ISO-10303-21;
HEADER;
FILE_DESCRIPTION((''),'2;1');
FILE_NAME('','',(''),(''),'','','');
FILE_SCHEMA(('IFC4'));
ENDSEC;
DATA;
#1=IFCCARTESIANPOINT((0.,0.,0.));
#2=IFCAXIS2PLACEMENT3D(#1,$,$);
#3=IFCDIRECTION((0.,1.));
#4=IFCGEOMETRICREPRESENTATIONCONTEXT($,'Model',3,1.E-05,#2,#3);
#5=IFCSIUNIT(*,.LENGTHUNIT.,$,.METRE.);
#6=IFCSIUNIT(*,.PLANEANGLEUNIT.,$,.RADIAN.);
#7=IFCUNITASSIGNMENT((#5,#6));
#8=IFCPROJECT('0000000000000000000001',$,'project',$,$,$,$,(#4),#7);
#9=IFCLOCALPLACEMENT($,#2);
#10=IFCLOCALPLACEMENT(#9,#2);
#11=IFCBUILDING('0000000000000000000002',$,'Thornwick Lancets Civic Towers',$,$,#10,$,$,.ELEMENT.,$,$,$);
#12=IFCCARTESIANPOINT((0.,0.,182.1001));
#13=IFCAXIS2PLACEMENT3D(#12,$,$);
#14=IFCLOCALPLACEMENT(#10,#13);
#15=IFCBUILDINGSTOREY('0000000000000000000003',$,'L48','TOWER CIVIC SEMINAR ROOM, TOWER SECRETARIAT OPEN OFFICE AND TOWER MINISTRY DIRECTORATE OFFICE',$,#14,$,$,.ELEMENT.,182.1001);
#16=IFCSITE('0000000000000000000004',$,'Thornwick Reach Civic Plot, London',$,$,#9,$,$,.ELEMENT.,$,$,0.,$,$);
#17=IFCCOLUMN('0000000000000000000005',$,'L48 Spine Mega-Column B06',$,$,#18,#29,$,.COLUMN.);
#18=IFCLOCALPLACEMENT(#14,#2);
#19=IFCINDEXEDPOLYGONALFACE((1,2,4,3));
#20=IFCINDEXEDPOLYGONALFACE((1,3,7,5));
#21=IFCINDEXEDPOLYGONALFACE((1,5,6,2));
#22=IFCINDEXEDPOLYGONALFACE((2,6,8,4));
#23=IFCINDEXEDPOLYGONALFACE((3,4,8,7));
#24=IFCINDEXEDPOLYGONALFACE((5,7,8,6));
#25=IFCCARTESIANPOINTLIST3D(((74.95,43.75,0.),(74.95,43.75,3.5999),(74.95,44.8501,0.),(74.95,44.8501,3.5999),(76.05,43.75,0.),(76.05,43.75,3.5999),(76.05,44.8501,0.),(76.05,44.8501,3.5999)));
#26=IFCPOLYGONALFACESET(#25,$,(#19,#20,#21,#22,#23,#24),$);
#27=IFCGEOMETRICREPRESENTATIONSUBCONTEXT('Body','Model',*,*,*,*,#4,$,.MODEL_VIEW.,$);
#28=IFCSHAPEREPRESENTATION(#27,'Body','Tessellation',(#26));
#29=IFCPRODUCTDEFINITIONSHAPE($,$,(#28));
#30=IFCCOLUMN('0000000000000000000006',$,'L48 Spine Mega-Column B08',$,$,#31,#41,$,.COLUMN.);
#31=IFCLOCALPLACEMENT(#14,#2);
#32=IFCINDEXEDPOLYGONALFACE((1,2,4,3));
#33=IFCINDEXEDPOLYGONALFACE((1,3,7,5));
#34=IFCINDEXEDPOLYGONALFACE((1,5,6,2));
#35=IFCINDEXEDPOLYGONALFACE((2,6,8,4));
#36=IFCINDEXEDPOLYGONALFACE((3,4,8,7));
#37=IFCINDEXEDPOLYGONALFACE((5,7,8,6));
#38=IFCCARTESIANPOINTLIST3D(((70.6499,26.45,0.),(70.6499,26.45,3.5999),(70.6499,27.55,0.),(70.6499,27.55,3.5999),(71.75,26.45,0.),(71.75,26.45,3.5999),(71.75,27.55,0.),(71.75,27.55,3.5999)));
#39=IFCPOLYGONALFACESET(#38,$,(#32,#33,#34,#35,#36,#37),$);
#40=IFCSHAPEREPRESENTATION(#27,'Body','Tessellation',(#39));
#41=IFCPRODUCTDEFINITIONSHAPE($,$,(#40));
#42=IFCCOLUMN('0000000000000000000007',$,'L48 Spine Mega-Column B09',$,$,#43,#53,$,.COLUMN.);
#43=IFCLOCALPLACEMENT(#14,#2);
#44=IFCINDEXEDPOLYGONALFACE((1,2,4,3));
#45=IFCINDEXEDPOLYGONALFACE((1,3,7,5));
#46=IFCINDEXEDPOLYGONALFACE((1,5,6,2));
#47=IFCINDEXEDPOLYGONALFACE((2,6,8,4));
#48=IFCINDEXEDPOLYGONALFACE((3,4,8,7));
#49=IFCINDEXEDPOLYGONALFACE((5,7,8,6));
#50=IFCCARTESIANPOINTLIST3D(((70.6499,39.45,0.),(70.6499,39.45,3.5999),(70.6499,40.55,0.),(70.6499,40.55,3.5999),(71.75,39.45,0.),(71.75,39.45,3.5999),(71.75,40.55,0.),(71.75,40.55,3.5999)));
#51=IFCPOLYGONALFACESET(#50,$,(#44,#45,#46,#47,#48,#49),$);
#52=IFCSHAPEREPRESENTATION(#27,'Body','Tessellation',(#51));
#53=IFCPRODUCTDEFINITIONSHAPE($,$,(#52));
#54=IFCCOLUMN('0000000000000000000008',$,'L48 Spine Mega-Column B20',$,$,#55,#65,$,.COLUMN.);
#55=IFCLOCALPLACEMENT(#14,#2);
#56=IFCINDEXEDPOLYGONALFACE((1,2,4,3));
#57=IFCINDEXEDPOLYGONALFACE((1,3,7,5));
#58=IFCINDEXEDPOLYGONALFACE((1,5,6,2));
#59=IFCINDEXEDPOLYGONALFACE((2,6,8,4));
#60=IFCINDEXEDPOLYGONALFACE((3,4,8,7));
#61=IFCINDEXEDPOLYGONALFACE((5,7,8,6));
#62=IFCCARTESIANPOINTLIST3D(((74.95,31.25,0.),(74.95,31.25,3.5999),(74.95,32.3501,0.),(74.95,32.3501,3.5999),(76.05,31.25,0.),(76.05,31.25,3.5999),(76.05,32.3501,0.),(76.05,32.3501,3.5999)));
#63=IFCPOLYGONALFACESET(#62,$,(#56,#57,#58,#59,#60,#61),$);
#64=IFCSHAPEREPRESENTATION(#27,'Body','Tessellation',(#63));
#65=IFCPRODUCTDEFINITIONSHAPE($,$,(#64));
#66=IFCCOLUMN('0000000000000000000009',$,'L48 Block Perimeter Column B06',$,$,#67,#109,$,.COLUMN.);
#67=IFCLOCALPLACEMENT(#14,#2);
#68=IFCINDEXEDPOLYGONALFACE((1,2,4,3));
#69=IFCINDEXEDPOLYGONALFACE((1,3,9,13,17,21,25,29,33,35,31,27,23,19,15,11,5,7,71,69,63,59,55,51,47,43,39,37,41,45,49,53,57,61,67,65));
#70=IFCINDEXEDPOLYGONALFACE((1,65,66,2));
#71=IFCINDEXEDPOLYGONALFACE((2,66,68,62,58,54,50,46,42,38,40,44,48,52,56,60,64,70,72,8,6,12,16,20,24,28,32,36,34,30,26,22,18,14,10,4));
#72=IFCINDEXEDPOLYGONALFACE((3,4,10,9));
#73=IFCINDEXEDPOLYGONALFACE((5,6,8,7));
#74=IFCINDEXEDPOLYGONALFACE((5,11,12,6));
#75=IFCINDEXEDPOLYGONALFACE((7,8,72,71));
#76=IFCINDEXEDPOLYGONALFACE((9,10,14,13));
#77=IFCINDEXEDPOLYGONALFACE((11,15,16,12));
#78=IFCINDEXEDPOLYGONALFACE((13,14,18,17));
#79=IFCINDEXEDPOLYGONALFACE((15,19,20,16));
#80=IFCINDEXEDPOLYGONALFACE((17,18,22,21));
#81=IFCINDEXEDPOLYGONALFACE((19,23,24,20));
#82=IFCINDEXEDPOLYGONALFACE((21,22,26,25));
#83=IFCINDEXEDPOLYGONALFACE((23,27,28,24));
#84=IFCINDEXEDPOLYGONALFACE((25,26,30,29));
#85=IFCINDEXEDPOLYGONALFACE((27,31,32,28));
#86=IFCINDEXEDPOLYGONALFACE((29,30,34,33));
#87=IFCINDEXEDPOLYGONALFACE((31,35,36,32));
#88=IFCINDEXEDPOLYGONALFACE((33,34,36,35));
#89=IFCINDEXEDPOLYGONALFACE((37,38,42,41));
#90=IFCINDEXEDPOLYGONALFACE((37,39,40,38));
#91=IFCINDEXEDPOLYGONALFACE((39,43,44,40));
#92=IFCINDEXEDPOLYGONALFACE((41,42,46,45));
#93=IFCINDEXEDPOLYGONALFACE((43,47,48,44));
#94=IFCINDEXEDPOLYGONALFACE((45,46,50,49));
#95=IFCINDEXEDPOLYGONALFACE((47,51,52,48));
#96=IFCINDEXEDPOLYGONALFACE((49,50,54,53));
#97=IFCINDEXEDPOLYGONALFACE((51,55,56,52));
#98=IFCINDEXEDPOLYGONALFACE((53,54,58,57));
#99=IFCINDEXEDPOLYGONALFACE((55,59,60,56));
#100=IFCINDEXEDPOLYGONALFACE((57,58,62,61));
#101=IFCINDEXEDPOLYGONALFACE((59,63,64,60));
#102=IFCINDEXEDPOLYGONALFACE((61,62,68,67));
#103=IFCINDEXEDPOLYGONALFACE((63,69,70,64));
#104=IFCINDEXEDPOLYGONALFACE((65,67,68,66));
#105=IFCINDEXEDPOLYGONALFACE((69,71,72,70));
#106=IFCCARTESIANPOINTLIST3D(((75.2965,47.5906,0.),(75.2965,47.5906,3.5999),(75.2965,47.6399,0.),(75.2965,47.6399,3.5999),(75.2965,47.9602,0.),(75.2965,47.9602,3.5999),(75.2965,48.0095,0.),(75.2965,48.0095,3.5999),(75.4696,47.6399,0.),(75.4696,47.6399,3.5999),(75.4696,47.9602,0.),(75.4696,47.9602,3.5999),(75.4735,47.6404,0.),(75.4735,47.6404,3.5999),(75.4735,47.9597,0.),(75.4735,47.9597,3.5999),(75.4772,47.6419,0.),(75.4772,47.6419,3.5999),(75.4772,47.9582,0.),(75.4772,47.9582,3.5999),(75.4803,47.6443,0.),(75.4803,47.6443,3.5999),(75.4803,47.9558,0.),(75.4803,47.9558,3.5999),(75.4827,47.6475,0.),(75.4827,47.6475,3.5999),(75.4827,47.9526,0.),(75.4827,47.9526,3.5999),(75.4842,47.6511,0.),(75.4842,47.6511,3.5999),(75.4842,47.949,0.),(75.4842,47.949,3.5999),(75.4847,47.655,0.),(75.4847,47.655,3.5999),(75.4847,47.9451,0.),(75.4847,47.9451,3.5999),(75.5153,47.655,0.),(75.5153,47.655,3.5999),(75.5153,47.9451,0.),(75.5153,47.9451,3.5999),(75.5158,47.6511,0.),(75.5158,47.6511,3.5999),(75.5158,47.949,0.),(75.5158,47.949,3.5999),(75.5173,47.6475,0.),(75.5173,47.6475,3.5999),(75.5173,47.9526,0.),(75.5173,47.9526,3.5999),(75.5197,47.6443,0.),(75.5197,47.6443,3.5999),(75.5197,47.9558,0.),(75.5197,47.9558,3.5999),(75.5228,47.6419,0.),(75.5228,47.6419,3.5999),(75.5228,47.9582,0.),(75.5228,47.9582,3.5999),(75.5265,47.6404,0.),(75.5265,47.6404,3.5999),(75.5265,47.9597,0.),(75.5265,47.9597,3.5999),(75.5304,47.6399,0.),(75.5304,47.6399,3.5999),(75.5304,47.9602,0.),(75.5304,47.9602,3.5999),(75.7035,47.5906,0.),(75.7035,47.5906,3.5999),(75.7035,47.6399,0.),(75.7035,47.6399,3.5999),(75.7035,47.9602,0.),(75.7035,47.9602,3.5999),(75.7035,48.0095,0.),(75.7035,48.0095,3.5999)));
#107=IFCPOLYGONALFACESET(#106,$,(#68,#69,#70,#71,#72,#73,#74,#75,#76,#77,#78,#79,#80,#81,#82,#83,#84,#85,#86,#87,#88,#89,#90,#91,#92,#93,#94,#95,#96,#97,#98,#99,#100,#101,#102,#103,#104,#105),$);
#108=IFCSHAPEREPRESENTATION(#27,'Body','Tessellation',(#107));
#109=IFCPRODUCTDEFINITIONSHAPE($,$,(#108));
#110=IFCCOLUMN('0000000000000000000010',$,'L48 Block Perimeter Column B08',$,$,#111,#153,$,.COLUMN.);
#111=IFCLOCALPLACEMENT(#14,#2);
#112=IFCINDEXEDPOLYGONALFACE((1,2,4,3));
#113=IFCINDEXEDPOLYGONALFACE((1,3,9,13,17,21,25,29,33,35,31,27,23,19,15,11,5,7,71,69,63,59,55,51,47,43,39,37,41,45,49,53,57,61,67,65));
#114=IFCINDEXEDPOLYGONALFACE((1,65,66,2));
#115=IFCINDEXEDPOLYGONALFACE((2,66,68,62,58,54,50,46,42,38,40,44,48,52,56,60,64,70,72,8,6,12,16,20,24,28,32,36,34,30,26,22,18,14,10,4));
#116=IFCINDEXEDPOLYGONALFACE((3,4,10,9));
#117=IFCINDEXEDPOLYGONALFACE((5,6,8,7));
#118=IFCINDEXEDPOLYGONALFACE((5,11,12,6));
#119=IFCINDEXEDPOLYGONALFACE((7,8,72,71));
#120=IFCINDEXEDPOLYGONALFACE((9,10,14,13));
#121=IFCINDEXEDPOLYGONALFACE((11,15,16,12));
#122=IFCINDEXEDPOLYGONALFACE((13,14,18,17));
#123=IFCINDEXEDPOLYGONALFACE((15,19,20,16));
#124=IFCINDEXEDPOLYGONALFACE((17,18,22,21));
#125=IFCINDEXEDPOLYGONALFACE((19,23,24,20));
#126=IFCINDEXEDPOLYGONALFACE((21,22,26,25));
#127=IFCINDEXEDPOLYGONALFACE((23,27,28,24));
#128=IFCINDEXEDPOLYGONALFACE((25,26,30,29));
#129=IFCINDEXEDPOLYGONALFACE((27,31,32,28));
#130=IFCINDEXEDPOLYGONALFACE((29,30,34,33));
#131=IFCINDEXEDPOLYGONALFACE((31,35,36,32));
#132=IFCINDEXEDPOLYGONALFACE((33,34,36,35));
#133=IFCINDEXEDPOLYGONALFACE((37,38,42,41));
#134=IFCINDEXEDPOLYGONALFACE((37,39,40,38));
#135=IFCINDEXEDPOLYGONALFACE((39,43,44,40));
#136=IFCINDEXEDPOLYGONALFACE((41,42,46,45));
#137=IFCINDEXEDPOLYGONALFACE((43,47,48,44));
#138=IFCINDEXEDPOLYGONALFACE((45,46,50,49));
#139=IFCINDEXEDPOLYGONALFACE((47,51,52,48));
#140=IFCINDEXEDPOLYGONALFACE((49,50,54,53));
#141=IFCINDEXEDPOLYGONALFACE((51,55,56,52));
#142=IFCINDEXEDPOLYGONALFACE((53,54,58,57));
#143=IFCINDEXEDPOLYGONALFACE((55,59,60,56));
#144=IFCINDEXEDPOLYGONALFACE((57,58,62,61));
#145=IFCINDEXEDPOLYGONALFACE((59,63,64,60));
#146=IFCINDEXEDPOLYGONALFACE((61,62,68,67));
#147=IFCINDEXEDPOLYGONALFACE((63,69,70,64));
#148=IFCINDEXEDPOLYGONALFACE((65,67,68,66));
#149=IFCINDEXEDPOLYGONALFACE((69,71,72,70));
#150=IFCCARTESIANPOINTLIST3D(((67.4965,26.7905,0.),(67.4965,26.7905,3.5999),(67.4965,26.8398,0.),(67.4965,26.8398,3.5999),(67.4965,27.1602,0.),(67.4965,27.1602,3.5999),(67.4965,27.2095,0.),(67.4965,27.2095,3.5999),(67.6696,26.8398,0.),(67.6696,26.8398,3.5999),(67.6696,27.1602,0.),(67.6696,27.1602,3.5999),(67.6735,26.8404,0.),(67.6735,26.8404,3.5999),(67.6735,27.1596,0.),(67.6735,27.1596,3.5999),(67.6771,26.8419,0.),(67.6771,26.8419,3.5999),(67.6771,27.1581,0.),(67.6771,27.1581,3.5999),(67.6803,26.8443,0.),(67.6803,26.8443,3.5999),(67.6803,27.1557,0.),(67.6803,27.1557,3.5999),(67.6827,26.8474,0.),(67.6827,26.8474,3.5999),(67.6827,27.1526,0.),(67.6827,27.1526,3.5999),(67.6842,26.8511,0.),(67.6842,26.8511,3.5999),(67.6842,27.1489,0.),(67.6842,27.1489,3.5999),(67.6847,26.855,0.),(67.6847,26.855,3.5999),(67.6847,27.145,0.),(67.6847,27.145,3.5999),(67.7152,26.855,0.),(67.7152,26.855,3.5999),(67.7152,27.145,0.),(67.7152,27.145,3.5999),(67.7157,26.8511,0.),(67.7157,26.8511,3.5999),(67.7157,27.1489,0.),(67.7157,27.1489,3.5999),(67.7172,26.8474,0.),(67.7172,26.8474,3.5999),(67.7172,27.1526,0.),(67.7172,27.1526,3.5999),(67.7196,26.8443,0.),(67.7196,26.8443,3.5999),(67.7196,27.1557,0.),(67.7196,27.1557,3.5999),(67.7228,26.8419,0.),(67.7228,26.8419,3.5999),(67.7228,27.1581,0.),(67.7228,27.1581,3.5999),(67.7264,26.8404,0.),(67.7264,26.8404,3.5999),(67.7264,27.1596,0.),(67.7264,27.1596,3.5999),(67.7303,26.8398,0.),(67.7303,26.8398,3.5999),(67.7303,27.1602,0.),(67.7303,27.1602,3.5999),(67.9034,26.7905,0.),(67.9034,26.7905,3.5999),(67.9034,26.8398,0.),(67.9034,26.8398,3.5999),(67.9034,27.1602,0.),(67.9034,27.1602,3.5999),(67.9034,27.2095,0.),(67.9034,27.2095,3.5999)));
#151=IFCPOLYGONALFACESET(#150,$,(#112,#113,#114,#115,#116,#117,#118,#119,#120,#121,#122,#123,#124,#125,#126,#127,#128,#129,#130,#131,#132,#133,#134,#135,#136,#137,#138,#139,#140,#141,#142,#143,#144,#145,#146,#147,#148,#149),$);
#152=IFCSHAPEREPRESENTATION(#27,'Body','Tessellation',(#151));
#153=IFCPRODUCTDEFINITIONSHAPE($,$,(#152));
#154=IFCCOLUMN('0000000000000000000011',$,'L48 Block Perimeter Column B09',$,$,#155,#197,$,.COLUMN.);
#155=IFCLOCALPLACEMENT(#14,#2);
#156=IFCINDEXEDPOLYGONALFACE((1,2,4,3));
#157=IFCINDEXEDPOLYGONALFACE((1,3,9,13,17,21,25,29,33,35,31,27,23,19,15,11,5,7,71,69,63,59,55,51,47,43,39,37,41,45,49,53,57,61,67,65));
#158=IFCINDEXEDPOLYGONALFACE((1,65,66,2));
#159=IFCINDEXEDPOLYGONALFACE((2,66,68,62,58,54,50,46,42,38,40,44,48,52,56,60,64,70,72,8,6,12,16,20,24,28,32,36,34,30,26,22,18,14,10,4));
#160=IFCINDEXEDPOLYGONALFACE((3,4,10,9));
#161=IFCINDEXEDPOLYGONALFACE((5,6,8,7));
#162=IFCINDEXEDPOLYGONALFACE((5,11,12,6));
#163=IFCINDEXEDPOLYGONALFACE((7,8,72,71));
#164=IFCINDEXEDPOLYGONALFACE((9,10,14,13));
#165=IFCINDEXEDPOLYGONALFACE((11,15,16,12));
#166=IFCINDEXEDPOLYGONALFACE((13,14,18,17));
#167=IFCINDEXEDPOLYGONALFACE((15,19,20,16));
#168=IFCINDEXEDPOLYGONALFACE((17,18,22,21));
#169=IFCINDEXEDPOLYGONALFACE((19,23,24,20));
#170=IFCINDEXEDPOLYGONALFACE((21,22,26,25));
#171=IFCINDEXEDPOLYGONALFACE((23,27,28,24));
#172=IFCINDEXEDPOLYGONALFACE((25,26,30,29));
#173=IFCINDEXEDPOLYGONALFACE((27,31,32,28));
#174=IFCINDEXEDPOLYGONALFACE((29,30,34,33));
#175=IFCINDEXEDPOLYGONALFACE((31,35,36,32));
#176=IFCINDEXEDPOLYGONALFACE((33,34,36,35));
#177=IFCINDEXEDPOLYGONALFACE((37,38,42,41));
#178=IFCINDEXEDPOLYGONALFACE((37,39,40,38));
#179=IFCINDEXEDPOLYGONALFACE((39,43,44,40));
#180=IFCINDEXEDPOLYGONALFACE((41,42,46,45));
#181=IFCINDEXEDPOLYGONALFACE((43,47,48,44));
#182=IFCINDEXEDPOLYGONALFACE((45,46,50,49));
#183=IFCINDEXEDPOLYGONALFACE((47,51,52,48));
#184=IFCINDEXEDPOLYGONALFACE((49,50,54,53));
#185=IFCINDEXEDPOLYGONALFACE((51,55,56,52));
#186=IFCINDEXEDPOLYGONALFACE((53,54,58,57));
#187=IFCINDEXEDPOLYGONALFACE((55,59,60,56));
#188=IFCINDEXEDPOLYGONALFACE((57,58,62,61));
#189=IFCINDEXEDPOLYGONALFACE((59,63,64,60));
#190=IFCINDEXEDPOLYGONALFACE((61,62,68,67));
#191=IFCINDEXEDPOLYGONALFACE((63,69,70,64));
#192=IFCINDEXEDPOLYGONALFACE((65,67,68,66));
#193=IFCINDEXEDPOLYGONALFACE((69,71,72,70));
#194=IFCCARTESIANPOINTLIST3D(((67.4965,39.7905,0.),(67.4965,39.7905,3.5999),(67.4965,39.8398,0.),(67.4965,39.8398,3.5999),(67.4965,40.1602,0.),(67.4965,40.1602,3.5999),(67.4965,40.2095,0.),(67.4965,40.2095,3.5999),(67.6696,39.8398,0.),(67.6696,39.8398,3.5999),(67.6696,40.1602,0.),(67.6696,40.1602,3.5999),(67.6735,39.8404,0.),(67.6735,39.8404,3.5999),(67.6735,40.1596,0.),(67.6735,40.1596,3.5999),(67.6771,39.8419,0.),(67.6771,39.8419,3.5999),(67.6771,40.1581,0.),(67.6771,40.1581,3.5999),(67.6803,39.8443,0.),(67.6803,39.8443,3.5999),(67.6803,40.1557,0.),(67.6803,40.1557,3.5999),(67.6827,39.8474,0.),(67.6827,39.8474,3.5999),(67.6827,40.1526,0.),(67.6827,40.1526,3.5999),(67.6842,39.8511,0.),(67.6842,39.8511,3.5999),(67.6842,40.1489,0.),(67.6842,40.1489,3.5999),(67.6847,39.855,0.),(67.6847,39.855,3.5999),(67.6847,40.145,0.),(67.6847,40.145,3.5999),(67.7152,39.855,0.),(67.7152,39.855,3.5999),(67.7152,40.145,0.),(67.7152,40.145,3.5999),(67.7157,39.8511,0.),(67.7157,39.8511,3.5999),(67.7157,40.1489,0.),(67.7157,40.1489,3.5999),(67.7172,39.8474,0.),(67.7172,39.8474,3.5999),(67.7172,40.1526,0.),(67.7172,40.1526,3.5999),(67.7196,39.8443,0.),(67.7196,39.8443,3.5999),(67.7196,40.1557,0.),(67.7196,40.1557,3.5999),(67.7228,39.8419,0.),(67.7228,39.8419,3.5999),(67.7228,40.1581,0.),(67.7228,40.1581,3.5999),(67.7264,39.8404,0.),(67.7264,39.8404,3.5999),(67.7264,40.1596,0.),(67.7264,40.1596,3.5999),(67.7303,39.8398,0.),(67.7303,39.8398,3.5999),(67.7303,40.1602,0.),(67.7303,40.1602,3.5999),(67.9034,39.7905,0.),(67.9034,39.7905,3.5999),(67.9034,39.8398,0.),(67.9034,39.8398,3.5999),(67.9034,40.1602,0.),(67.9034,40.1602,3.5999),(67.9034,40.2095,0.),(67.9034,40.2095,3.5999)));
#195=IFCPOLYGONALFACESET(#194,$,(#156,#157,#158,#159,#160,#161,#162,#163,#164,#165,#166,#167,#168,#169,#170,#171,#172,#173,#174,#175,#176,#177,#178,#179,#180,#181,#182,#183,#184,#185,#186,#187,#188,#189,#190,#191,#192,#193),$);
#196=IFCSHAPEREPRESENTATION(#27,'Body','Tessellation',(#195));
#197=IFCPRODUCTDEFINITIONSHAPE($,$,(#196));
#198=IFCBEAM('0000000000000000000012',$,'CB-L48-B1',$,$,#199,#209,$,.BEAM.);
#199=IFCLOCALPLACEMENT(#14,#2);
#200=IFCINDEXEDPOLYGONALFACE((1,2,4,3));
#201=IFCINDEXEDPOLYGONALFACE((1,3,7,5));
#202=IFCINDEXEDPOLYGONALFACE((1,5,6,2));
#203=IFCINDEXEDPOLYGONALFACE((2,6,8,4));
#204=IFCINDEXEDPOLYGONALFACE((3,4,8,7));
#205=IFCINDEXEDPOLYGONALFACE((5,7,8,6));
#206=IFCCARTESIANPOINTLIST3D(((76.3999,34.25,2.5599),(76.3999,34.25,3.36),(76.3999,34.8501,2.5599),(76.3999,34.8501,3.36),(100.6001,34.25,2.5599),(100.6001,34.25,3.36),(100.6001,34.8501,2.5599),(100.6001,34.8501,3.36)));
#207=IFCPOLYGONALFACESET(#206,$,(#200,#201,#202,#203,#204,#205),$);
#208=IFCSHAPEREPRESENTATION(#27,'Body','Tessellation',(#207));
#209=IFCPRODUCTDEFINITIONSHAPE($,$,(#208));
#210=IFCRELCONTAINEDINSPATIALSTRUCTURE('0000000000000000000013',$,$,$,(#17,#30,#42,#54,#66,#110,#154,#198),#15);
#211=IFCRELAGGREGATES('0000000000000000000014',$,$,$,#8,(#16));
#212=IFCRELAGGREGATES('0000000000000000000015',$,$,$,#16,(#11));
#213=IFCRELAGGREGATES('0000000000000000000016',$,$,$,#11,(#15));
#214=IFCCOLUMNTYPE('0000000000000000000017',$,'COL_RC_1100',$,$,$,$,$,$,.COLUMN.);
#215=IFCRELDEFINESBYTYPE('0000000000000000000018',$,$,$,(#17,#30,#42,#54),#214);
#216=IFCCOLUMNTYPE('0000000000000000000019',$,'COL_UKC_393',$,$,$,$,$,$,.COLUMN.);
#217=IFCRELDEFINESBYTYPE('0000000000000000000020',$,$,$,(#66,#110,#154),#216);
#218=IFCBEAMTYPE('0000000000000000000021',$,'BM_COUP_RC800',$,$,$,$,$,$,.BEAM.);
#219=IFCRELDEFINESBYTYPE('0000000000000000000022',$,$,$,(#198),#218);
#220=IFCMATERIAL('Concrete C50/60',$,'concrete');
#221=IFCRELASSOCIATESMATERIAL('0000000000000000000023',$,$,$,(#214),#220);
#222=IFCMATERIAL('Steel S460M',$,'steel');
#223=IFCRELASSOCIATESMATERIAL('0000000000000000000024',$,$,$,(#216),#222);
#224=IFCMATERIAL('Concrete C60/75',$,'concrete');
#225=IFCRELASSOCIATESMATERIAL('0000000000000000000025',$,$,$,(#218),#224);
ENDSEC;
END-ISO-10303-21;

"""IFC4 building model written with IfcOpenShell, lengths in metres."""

from ifc_helpers import new_model, si_unit, direction, frame, origin, origin_2d, place, context, subcontext, project, spatial, rectangle, i_section, extrude, material, material_profile, profile_set, type_object, element, save


model = new_model("IFC4")

# Units and contexts
model_context = context("Model", 3, precision=1e-05, world=origin(), true_north=direction((0.0, 1.0)))
body_context = subcontext(model_context, "Body", "Model", "MODEL_VIEW")
ifc_project = project(units=[si_unit("LENGTHUNIT", "METRE"), si_unit("PLANEANGLEUNIT", "RADIAN")], contexts=[model_context])

# Site, building, storey
site_placement = place(None, origin())
site = spatial("IfcSite", under=ifc_project, at=site_placement, Name="Thornwick Reach Civic Plot, London", CompositionType="ELEMENT", RefElevation=0.0)
building_placement = place(site_placement, origin())
building = spatial("IfcBuilding", under=site, at=building_placement, Name="Thornwick Lancets Civic Towers", CompositionType="ELEMENT")
storey_placement = place(building_placement, frame((0.0, 0.0, 182.1001)))
storey = spatial("IfcBuildingStorey", under=building, at=storey_placement, Name="L48", Description="TOWER CIVIC SEMINAR ROOM, TOWER SECRETARIAT OPEN OFFICE AND TOWER MINISTRY DIRECTORATE OFFICE", CompositionType="ELEMENT", Elevation=182.1001)

# Columns
ifc_material_1 = material(Name="Concrete C50/60", Category="concrete")
ifc_material_profile_1 = material_profile(ifc_material_1, rectangle(XDim=1.1001, YDim=1.1001, at=origin_2d()), Name="RC 1100x1100")
ifc_profile_set_1 = profile_set([ifc_material_profile_1], Name="Concrete C50/60")
column_type_1 = type_object("IfcColumnType", Name="COL_RC_1100", PredefinedType="COLUMN", material=ifc_profile_set_1)
for number, where, z_axis, x_axis, name in (
    (1, (75.5, 44.3, 0.0), (0.0, 0.0, 1.0), (1.0, 0.0, 0.0), "L48 Spine Mega-Column B06"),
    (2, (71.2, 27.0, 0.0), (0.0, 0.0, 1.0), (1.0, 0.0, 0.0), "L48 Spine Mega-Column B08"),
    (3, (71.2, 40.0, 0.0), (0.0, 0.0, 1.0), (1.0, 0.0, 0.0), "L48 Spine Mega-Column B09"),
    (4, (75.5, 31.8, 0.0), (0.0, 0.0, 1.0), (1.0, 0.0, 0.0), "L48 Spine Mega-Column B20"),
):
    element("IfcColumn", number, at=place(storey_placement, frame(where, z_axis=z_axis, x_axis=x_axis)), inside=storey, type_object=column_type_1, Name=name, PredefinedType="COLUMN", context=body_context, shape_type="SweptSolid", body=[
        extrude(rectangle(XDim=1.1001, YDim=1.1001, at=origin_2d()), origin(), (0.0, 0.0, 1.0), 3.5999),
    ])
ifc_material_2 = material(Name="Steel S460M", Category="steel")
ifc_material_profile_2 = material_profile(ifc_material_2, i_section(OverallWidth=0.407, OverallDepth=0.4189, WebThickness=0.0305, FlangeThickness=0.0493, FilletRadius=0.0151, at=origin_2d()), Name="UKC 356x406x393")
ifc_profile_set_2 = profile_set([ifc_material_profile_2], Name="Steel S460M")
column_type_2 = type_object("IfcColumnType", Name="COL_UKC_393", PredefinedType="COLUMN", material=ifc_profile_set_2)
for number, where, z_axis, x_axis, name in (
    (5, (75.5, 47.8, 0.0), (0.0, 0.0, 1.0), (1.0, 0.0, 0.0), "L48 Block Perimeter Column B06"),
    (6, (67.7, 27.0, 0.0), (0.0, 0.0, 1.0), (1.0, 0.0, 0.0), "L48 Block Perimeter Column B08"),
    (7, (67.7, 40.0, 0.0), (0.0, 0.0, 1.0), (1.0, 0.0, 0.0), "L48 Block Perimeter Column B09"),
):
    element("IfcColumn", number, at=place(storey_placement, frame(where, z_axis=z_axis, x_axis=x_axis)), inside=storey, type_object=column_type_2, Name=name, PredefinedType="COLUMN", context=body_context, shape_type="SweptSolid", body=[
        extrude(i_section(OverallWidth=0.407, OverallDepth=0.4189, WebThickness=0.0305, FlangeThickness=0.0493, FilletRadius=0.0151, at=origin_2d()), origin(), (0.0, 0.0, 1.0), 3.5999),
    ])

# Beam
ifc_material_3 = material(Name="Concrete C60/75", Category="concrete")
ifc_material_profile_3 = material_profile(ifc_material_3, rectangle(XDim=0.6001, YDim=0.8, at=origin_2d()), Name="RC 600x800")
ifc_profile_set_3 = profile_set([ifc_material_profile_3], Name="Concrete C60/75")
beam_type_1 = type_object("IfcBeamType", Name="BM_COUP_RC800", PredefinedType="BEAM", material=ifc_profile_set_3)
beam_1_placement = place(storey_placement, frame((76.3999, 34.55, 2.96), z_axis=(1.0, 0.0, 0.0), x_axis=(0.0, 1.0, 0.0)))
element("IfcBeam", 8, at=beam_1_placement, inside=storey, type_object=beam_type_1, Name="CB-L48-B1", PredefinedType="BEAM", context=body_context, shape_type="SweptSolid", body=[
    extrude(rectangle(XDim=0.6001, YDim=0.8, at=origin_2d()), origin(), (0.0, 0.0, 1.0), 24.2002),
])

save(model, "model.ifc")
